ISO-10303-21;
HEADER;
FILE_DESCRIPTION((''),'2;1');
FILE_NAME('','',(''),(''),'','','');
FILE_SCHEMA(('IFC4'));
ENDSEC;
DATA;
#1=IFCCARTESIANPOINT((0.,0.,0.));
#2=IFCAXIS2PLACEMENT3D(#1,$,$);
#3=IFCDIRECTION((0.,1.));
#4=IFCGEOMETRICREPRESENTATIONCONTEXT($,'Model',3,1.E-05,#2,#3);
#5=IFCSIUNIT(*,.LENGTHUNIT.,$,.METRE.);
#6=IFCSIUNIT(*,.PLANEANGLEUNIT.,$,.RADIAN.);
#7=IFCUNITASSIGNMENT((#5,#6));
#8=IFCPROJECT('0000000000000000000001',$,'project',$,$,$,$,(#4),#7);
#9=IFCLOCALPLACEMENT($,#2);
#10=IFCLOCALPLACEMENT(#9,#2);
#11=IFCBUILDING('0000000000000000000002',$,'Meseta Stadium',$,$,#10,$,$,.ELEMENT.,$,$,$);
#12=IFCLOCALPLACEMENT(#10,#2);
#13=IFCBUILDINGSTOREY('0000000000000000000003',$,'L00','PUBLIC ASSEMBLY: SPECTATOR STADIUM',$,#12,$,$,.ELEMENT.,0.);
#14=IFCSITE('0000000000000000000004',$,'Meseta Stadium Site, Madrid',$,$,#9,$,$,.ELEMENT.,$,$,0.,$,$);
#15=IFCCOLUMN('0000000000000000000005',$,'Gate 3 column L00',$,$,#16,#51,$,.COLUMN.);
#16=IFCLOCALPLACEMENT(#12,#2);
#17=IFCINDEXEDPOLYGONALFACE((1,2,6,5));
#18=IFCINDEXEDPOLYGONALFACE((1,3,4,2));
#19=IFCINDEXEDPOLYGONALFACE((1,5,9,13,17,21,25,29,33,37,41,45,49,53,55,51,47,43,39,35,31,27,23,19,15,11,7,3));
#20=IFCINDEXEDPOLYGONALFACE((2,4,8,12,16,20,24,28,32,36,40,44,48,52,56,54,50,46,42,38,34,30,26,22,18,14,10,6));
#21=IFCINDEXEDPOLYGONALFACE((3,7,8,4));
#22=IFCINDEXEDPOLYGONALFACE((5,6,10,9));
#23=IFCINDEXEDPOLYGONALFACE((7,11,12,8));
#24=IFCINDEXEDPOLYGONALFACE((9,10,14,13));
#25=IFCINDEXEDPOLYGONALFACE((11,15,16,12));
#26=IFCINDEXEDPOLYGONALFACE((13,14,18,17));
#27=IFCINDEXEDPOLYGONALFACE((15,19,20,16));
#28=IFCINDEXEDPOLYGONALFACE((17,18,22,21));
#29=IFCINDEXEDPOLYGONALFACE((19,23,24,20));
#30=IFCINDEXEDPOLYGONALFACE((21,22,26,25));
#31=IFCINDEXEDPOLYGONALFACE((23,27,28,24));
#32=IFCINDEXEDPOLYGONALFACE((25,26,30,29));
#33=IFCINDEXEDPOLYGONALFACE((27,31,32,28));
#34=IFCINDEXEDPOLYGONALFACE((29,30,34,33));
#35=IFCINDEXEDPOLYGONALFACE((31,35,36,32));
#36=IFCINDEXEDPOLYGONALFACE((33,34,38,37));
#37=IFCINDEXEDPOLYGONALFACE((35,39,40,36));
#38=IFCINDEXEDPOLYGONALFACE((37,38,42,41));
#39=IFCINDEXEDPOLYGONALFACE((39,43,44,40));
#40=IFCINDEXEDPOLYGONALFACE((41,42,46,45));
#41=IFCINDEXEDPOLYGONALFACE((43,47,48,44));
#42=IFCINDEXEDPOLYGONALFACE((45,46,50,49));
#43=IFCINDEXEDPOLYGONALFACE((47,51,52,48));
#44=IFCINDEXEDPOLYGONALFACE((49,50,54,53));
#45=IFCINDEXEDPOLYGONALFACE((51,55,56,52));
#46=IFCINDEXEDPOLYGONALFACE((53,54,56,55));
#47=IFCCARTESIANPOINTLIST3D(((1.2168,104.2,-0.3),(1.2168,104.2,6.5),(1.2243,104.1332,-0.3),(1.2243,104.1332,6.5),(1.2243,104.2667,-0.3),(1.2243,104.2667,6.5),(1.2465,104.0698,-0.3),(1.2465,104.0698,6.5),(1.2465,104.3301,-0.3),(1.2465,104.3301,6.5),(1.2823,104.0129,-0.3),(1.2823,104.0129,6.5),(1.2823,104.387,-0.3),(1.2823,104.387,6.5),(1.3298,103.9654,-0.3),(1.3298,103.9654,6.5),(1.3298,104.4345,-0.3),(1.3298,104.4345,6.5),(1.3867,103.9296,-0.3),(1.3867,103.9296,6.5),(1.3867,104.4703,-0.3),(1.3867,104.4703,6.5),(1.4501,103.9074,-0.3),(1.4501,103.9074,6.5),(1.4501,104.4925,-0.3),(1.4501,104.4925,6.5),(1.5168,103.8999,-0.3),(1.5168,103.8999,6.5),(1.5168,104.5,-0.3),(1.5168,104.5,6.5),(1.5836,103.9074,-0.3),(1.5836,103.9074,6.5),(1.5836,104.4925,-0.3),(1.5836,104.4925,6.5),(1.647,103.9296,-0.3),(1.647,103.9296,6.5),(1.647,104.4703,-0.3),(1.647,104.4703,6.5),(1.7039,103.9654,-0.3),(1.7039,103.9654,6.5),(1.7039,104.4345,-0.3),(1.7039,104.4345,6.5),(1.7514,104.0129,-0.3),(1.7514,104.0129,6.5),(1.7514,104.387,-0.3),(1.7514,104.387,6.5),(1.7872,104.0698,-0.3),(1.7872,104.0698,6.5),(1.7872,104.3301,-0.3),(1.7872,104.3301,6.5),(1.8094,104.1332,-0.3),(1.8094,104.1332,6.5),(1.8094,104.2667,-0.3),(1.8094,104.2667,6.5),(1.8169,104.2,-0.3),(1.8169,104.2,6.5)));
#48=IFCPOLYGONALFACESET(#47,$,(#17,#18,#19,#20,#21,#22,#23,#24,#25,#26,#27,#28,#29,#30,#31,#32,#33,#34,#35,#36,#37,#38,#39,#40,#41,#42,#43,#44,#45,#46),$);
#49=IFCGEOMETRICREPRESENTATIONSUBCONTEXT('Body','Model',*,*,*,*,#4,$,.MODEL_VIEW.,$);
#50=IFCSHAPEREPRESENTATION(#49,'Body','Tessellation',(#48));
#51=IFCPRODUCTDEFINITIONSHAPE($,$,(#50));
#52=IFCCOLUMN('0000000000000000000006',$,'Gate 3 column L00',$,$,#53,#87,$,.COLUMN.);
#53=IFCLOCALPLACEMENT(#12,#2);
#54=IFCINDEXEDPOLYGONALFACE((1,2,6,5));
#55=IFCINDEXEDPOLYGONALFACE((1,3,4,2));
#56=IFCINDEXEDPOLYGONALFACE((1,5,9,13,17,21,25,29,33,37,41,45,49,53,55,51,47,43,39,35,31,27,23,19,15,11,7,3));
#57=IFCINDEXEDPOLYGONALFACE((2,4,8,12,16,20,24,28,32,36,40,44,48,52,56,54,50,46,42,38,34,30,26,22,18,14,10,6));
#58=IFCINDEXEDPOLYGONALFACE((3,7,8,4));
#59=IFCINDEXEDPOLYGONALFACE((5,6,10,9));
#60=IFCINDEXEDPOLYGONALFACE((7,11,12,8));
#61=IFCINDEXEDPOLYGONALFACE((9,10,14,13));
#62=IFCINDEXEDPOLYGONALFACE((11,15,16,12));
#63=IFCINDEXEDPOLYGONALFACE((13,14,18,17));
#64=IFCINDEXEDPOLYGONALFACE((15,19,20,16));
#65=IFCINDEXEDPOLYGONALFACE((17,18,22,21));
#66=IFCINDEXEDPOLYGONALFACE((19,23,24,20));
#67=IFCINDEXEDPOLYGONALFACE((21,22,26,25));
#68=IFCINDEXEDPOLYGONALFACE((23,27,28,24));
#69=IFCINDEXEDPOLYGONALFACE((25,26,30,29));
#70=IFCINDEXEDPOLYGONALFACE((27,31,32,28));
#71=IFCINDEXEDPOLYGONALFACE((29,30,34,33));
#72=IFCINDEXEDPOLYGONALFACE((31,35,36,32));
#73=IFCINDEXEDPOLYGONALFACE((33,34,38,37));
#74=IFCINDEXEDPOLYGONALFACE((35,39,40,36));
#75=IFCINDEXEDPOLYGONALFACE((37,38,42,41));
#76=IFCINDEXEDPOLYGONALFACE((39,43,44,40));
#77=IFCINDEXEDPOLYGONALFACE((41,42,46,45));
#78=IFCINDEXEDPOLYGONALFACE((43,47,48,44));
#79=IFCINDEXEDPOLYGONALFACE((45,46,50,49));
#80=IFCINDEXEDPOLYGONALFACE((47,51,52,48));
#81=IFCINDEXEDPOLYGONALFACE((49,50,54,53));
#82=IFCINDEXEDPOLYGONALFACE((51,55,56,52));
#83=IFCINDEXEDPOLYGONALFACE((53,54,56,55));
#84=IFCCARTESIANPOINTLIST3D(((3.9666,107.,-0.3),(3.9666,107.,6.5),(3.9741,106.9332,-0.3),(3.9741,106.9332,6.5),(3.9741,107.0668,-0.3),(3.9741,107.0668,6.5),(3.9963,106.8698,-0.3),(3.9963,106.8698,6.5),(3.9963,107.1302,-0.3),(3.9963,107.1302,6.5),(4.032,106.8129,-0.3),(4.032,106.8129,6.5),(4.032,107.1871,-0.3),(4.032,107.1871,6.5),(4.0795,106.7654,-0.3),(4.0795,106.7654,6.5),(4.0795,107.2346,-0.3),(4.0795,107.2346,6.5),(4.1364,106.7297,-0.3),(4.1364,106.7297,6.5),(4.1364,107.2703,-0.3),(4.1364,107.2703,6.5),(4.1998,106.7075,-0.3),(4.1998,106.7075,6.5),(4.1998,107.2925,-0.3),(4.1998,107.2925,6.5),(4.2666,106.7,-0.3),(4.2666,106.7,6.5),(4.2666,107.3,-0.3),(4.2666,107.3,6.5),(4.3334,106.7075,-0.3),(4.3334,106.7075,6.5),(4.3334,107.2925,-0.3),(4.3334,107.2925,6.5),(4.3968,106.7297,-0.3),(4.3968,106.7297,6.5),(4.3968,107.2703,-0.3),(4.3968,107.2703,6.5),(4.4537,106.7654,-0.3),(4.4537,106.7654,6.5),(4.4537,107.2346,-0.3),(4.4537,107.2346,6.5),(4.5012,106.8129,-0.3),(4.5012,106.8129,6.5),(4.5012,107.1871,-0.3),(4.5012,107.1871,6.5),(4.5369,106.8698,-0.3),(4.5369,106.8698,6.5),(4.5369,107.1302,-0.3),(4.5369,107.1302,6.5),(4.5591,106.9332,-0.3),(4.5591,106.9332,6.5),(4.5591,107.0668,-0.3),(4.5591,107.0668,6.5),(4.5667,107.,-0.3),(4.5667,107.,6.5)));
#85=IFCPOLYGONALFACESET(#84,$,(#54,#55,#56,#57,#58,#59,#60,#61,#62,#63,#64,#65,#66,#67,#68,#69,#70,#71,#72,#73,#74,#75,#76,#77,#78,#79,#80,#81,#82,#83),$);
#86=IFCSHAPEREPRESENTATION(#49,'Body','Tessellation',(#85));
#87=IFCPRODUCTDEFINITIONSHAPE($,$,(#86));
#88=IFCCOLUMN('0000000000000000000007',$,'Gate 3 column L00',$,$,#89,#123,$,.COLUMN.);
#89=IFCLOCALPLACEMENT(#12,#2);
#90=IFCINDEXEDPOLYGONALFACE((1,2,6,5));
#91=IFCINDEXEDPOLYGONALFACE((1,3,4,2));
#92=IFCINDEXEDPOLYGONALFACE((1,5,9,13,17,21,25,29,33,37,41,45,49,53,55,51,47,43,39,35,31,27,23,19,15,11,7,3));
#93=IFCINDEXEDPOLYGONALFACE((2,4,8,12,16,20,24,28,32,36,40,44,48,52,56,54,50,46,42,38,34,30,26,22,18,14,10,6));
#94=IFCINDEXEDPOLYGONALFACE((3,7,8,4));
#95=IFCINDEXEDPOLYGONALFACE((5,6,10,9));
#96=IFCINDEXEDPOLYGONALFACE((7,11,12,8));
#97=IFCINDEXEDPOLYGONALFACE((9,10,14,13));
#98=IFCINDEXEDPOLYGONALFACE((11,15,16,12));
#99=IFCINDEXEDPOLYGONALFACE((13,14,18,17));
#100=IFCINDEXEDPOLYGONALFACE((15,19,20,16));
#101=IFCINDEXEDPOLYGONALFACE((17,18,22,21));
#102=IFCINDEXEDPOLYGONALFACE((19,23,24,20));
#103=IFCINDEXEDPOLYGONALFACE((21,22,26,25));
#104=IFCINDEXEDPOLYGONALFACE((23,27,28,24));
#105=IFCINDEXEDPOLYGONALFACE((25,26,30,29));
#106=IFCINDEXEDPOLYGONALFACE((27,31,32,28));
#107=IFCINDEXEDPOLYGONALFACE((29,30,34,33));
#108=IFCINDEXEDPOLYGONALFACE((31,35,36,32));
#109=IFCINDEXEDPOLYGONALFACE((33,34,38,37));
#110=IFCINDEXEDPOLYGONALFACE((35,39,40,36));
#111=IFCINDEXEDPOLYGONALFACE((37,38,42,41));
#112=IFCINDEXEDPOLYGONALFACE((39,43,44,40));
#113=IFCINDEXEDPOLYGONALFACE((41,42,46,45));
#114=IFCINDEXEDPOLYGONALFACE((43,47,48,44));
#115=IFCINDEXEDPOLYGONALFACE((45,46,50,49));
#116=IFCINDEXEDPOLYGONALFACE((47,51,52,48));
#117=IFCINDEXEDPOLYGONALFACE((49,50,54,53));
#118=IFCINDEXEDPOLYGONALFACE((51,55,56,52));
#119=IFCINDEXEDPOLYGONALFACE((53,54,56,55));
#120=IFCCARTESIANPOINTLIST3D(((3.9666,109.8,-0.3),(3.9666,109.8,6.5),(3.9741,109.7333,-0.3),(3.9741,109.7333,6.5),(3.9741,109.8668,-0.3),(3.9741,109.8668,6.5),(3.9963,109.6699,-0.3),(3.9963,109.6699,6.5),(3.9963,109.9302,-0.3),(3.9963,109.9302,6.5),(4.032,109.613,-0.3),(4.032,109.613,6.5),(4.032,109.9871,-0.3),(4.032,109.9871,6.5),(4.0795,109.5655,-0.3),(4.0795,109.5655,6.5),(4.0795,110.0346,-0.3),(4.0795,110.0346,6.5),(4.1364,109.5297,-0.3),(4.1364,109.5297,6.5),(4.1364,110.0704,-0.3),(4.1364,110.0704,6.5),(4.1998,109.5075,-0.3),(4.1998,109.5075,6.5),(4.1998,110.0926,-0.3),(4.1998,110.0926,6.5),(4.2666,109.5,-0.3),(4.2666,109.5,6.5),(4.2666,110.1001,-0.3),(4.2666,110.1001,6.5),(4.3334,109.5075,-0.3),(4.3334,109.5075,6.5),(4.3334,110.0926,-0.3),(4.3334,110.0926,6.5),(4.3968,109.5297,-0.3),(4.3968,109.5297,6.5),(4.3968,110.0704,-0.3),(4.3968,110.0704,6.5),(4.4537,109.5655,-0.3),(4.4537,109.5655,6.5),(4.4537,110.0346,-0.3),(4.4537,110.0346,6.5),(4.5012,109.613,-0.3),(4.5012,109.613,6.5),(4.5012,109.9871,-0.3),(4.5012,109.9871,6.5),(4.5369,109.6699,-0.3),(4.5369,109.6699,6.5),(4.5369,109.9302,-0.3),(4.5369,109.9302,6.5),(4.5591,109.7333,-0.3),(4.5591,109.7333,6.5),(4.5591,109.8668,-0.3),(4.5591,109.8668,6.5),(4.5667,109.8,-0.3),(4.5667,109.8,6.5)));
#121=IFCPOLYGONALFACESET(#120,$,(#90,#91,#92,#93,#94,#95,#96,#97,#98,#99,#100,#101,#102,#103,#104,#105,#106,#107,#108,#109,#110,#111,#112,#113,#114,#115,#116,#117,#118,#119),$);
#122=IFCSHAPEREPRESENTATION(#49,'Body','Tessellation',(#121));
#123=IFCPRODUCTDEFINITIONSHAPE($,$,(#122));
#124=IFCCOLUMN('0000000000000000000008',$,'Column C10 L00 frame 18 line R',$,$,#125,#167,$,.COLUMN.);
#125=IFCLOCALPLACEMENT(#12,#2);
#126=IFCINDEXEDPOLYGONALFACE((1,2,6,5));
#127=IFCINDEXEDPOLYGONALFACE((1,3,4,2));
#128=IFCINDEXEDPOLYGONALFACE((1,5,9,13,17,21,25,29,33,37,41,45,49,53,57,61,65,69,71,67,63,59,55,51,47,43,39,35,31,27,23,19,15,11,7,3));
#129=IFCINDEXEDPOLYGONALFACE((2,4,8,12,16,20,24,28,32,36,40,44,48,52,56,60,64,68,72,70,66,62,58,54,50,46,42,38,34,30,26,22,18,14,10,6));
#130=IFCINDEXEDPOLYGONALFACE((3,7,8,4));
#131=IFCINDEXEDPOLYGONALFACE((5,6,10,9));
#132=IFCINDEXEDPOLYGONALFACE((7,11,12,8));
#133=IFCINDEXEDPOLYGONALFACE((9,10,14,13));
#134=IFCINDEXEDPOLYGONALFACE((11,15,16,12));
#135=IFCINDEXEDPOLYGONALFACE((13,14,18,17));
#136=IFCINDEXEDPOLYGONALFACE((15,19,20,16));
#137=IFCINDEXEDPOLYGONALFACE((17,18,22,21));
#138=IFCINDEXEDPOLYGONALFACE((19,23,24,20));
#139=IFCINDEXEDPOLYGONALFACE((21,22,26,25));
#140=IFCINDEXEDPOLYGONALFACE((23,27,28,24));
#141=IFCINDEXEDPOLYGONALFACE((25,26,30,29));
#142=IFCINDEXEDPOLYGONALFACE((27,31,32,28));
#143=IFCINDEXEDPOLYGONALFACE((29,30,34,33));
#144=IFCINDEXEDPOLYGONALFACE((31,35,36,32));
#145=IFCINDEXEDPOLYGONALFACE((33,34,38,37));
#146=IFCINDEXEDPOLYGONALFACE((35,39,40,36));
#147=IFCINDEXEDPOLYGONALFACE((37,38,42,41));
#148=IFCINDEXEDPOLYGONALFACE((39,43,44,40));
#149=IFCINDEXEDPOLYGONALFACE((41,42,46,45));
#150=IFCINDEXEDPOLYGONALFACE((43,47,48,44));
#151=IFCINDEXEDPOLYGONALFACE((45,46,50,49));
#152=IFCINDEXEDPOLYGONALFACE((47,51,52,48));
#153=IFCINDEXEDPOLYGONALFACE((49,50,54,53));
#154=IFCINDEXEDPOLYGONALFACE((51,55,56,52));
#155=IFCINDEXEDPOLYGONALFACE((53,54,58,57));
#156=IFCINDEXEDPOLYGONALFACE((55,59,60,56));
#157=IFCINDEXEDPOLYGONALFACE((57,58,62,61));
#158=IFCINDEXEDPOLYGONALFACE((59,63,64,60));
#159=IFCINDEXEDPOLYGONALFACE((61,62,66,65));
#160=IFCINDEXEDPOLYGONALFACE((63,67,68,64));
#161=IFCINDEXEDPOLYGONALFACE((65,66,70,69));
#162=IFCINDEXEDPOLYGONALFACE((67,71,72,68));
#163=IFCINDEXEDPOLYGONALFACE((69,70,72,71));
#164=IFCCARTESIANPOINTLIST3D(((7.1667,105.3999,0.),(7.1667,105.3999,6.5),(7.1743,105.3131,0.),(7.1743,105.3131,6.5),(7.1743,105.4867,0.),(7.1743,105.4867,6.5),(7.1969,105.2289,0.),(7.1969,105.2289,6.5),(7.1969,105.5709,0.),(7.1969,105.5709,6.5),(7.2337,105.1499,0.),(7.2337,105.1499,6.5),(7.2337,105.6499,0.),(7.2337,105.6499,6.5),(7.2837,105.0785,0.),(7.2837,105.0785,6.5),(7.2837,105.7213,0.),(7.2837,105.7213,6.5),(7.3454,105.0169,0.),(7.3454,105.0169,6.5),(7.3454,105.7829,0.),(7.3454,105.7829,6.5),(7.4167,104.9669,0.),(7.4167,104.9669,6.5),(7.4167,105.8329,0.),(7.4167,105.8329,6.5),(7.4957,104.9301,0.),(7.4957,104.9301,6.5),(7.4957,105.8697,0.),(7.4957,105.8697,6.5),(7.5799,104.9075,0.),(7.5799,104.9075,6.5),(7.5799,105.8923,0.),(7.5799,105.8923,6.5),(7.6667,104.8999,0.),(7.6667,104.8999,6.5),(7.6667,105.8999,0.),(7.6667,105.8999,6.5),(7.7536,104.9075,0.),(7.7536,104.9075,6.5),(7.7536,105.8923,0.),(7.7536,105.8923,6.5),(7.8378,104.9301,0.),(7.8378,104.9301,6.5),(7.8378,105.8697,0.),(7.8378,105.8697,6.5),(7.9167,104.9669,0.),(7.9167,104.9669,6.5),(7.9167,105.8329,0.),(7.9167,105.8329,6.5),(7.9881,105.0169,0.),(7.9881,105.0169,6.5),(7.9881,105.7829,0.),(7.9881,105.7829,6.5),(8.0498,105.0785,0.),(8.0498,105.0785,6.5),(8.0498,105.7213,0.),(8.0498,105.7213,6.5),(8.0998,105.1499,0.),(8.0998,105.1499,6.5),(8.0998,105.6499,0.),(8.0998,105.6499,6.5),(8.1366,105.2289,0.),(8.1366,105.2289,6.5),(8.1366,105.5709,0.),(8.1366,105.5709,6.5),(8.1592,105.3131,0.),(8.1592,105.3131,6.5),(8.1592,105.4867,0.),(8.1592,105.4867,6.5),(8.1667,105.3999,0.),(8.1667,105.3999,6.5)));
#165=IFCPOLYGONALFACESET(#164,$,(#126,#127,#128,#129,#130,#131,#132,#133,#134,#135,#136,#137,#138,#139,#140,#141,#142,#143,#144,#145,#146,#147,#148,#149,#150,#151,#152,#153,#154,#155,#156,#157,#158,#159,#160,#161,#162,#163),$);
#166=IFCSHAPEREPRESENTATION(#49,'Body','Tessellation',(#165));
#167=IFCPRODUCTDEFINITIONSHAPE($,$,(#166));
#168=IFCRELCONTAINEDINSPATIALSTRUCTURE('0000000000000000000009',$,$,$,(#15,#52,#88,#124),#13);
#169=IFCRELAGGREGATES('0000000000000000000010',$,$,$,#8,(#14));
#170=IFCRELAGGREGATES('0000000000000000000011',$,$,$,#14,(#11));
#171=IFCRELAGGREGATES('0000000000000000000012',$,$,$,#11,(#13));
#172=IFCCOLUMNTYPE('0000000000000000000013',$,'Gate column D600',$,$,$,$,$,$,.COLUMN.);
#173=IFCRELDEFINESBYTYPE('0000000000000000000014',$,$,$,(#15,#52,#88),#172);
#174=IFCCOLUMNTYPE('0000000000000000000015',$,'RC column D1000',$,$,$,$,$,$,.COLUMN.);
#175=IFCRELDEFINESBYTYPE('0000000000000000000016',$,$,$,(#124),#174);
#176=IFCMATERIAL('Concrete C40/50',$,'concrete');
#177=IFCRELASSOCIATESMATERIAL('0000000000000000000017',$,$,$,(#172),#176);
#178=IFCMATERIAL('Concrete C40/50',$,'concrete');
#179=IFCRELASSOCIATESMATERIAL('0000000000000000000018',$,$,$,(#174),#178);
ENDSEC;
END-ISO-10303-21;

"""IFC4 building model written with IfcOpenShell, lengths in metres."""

from ifc_helpers import new_model, si_unit, direction, frame, origin, origin_2d, place, context, subcontext, project, spatial, circle, extrude, material, material_profile, profile_set, type_object, element, save


model = new_model("IFC4")

# Units and contexts
model_context = context("Model", 3, precision=1e-05, world=origin(), true_north=direction((0.0, 1.0)))
body_context = subcontext(model_context, "Body", "Model", "MODEL_VIEW")
ifc_project = project(units=[si_unit("LENGTHUNIT", "METRE"), si_unit("PLANEANGLEUNIT", "RADIAN")], contexts=[model_context])

# Site, building, storey
site_placement = place(None, origin())
site = spatial("IfcSite", under=ifc_project, at=site_placement, Name="Meseta Stadium Site, Madrid", CompositionType="ELEMENT", RefElevation=0.0)
building_placement = place(site_placement, origin())
building = spatial("IfcBuilding", under=site, at=building_placement, Name="Meseta Stadium", CompositionType="ELEMENT")
storey_placement = place(building_placement, origin())
storey = spatial("IfcBuildingStorey", under=building, at=storey_placement, Name="L00", Description="PUBLIC ASSEMBLY: SPECTATOR STADIUM", CompositionType="ELEMENT", Elevation=0.0)

# Columns
ifc_material_1 = material(Name="Concrete C40/50", Category="concrete")
ifc_material_profile_1 = material_profile(ifc_material_1, circle(Radius=0.3, at=origin_2d()), Name="RC D600")
ifc_profile_set_1 = profile_set([ifc_material_profile_1], Name="Concrete C40/50")
column_type_1 = type_object("IfcColumnType", Name="Gate column D600", PredefinedType="COLUMN", material=ifc_profile_set_1)
for number, where, z_axis, x_axis, name in (
    (1, (1.5168, 104.2, -0.3), (0.0, 0.0, 1.0), (1.0, 0.0, 0.0), "Gate 3 column L00"),
    (2, (4.2666, 107.0, -0.3), (0.0, 0.0, 1.0), (1.0, 0.0, 0.0), "Gate 3 column L00"),
    (3, (4.2666, 109.8, -0.3), (0.0, 0.0, 1.0), (1.0, 0.0, 0.0), "Gate 3 column L00"),
):
    element("IfcColumn", number, at=place(storey_placement, frame(where, z_axis=z_axis, x_axis=x_axis)), inside=storey, type_object=column_type_1, Name=name, PredefinedType="COLUMN", context=body_context, shape_type="SweptSolid", body=[
        extrude(circle(Radius=0.3, at=origin_2d()), origin(), (0.0, 0.0, 1.0), 6.8),
    ])
ifc_material_2 = material(Name="Concrete C40/50", Category="concrete")
ifc_material_profile_2 = material_profile(ifc_material_2, circle(Radius=0.5, at=origin_2d()), Name="RC D1000")
ifc_profile_set_2 = profile_set([ifc_material_profile_2], Name="Concrete C40/50")
column_type_2 = type_object("IfcColumnType", Name="RC column D1000", PredefinedType="COLUMN", material=ifc_profile_set_2)
column_1_placement = place(storey_placement, frame((7.6667, 105.3999, 0.0), z_axis=(0.0, 0.0, 1.0), x_axis=(1.0, 0.0, 0.0)))
element("IfcColumn", 4, at=column_1_placement, inside=storey, type_object=column_type_2, Name="Column C10 L00 frame 18 line R", PredefinedType="COLUMN", context=body_context, shape_type="SweptSolid", body=[
    extrude(circle(Radius=0.5, at=origin_2d()), origin(), (0.0, 0.0, 1.0), 6.5),
])

save(model, "model.ifc")
